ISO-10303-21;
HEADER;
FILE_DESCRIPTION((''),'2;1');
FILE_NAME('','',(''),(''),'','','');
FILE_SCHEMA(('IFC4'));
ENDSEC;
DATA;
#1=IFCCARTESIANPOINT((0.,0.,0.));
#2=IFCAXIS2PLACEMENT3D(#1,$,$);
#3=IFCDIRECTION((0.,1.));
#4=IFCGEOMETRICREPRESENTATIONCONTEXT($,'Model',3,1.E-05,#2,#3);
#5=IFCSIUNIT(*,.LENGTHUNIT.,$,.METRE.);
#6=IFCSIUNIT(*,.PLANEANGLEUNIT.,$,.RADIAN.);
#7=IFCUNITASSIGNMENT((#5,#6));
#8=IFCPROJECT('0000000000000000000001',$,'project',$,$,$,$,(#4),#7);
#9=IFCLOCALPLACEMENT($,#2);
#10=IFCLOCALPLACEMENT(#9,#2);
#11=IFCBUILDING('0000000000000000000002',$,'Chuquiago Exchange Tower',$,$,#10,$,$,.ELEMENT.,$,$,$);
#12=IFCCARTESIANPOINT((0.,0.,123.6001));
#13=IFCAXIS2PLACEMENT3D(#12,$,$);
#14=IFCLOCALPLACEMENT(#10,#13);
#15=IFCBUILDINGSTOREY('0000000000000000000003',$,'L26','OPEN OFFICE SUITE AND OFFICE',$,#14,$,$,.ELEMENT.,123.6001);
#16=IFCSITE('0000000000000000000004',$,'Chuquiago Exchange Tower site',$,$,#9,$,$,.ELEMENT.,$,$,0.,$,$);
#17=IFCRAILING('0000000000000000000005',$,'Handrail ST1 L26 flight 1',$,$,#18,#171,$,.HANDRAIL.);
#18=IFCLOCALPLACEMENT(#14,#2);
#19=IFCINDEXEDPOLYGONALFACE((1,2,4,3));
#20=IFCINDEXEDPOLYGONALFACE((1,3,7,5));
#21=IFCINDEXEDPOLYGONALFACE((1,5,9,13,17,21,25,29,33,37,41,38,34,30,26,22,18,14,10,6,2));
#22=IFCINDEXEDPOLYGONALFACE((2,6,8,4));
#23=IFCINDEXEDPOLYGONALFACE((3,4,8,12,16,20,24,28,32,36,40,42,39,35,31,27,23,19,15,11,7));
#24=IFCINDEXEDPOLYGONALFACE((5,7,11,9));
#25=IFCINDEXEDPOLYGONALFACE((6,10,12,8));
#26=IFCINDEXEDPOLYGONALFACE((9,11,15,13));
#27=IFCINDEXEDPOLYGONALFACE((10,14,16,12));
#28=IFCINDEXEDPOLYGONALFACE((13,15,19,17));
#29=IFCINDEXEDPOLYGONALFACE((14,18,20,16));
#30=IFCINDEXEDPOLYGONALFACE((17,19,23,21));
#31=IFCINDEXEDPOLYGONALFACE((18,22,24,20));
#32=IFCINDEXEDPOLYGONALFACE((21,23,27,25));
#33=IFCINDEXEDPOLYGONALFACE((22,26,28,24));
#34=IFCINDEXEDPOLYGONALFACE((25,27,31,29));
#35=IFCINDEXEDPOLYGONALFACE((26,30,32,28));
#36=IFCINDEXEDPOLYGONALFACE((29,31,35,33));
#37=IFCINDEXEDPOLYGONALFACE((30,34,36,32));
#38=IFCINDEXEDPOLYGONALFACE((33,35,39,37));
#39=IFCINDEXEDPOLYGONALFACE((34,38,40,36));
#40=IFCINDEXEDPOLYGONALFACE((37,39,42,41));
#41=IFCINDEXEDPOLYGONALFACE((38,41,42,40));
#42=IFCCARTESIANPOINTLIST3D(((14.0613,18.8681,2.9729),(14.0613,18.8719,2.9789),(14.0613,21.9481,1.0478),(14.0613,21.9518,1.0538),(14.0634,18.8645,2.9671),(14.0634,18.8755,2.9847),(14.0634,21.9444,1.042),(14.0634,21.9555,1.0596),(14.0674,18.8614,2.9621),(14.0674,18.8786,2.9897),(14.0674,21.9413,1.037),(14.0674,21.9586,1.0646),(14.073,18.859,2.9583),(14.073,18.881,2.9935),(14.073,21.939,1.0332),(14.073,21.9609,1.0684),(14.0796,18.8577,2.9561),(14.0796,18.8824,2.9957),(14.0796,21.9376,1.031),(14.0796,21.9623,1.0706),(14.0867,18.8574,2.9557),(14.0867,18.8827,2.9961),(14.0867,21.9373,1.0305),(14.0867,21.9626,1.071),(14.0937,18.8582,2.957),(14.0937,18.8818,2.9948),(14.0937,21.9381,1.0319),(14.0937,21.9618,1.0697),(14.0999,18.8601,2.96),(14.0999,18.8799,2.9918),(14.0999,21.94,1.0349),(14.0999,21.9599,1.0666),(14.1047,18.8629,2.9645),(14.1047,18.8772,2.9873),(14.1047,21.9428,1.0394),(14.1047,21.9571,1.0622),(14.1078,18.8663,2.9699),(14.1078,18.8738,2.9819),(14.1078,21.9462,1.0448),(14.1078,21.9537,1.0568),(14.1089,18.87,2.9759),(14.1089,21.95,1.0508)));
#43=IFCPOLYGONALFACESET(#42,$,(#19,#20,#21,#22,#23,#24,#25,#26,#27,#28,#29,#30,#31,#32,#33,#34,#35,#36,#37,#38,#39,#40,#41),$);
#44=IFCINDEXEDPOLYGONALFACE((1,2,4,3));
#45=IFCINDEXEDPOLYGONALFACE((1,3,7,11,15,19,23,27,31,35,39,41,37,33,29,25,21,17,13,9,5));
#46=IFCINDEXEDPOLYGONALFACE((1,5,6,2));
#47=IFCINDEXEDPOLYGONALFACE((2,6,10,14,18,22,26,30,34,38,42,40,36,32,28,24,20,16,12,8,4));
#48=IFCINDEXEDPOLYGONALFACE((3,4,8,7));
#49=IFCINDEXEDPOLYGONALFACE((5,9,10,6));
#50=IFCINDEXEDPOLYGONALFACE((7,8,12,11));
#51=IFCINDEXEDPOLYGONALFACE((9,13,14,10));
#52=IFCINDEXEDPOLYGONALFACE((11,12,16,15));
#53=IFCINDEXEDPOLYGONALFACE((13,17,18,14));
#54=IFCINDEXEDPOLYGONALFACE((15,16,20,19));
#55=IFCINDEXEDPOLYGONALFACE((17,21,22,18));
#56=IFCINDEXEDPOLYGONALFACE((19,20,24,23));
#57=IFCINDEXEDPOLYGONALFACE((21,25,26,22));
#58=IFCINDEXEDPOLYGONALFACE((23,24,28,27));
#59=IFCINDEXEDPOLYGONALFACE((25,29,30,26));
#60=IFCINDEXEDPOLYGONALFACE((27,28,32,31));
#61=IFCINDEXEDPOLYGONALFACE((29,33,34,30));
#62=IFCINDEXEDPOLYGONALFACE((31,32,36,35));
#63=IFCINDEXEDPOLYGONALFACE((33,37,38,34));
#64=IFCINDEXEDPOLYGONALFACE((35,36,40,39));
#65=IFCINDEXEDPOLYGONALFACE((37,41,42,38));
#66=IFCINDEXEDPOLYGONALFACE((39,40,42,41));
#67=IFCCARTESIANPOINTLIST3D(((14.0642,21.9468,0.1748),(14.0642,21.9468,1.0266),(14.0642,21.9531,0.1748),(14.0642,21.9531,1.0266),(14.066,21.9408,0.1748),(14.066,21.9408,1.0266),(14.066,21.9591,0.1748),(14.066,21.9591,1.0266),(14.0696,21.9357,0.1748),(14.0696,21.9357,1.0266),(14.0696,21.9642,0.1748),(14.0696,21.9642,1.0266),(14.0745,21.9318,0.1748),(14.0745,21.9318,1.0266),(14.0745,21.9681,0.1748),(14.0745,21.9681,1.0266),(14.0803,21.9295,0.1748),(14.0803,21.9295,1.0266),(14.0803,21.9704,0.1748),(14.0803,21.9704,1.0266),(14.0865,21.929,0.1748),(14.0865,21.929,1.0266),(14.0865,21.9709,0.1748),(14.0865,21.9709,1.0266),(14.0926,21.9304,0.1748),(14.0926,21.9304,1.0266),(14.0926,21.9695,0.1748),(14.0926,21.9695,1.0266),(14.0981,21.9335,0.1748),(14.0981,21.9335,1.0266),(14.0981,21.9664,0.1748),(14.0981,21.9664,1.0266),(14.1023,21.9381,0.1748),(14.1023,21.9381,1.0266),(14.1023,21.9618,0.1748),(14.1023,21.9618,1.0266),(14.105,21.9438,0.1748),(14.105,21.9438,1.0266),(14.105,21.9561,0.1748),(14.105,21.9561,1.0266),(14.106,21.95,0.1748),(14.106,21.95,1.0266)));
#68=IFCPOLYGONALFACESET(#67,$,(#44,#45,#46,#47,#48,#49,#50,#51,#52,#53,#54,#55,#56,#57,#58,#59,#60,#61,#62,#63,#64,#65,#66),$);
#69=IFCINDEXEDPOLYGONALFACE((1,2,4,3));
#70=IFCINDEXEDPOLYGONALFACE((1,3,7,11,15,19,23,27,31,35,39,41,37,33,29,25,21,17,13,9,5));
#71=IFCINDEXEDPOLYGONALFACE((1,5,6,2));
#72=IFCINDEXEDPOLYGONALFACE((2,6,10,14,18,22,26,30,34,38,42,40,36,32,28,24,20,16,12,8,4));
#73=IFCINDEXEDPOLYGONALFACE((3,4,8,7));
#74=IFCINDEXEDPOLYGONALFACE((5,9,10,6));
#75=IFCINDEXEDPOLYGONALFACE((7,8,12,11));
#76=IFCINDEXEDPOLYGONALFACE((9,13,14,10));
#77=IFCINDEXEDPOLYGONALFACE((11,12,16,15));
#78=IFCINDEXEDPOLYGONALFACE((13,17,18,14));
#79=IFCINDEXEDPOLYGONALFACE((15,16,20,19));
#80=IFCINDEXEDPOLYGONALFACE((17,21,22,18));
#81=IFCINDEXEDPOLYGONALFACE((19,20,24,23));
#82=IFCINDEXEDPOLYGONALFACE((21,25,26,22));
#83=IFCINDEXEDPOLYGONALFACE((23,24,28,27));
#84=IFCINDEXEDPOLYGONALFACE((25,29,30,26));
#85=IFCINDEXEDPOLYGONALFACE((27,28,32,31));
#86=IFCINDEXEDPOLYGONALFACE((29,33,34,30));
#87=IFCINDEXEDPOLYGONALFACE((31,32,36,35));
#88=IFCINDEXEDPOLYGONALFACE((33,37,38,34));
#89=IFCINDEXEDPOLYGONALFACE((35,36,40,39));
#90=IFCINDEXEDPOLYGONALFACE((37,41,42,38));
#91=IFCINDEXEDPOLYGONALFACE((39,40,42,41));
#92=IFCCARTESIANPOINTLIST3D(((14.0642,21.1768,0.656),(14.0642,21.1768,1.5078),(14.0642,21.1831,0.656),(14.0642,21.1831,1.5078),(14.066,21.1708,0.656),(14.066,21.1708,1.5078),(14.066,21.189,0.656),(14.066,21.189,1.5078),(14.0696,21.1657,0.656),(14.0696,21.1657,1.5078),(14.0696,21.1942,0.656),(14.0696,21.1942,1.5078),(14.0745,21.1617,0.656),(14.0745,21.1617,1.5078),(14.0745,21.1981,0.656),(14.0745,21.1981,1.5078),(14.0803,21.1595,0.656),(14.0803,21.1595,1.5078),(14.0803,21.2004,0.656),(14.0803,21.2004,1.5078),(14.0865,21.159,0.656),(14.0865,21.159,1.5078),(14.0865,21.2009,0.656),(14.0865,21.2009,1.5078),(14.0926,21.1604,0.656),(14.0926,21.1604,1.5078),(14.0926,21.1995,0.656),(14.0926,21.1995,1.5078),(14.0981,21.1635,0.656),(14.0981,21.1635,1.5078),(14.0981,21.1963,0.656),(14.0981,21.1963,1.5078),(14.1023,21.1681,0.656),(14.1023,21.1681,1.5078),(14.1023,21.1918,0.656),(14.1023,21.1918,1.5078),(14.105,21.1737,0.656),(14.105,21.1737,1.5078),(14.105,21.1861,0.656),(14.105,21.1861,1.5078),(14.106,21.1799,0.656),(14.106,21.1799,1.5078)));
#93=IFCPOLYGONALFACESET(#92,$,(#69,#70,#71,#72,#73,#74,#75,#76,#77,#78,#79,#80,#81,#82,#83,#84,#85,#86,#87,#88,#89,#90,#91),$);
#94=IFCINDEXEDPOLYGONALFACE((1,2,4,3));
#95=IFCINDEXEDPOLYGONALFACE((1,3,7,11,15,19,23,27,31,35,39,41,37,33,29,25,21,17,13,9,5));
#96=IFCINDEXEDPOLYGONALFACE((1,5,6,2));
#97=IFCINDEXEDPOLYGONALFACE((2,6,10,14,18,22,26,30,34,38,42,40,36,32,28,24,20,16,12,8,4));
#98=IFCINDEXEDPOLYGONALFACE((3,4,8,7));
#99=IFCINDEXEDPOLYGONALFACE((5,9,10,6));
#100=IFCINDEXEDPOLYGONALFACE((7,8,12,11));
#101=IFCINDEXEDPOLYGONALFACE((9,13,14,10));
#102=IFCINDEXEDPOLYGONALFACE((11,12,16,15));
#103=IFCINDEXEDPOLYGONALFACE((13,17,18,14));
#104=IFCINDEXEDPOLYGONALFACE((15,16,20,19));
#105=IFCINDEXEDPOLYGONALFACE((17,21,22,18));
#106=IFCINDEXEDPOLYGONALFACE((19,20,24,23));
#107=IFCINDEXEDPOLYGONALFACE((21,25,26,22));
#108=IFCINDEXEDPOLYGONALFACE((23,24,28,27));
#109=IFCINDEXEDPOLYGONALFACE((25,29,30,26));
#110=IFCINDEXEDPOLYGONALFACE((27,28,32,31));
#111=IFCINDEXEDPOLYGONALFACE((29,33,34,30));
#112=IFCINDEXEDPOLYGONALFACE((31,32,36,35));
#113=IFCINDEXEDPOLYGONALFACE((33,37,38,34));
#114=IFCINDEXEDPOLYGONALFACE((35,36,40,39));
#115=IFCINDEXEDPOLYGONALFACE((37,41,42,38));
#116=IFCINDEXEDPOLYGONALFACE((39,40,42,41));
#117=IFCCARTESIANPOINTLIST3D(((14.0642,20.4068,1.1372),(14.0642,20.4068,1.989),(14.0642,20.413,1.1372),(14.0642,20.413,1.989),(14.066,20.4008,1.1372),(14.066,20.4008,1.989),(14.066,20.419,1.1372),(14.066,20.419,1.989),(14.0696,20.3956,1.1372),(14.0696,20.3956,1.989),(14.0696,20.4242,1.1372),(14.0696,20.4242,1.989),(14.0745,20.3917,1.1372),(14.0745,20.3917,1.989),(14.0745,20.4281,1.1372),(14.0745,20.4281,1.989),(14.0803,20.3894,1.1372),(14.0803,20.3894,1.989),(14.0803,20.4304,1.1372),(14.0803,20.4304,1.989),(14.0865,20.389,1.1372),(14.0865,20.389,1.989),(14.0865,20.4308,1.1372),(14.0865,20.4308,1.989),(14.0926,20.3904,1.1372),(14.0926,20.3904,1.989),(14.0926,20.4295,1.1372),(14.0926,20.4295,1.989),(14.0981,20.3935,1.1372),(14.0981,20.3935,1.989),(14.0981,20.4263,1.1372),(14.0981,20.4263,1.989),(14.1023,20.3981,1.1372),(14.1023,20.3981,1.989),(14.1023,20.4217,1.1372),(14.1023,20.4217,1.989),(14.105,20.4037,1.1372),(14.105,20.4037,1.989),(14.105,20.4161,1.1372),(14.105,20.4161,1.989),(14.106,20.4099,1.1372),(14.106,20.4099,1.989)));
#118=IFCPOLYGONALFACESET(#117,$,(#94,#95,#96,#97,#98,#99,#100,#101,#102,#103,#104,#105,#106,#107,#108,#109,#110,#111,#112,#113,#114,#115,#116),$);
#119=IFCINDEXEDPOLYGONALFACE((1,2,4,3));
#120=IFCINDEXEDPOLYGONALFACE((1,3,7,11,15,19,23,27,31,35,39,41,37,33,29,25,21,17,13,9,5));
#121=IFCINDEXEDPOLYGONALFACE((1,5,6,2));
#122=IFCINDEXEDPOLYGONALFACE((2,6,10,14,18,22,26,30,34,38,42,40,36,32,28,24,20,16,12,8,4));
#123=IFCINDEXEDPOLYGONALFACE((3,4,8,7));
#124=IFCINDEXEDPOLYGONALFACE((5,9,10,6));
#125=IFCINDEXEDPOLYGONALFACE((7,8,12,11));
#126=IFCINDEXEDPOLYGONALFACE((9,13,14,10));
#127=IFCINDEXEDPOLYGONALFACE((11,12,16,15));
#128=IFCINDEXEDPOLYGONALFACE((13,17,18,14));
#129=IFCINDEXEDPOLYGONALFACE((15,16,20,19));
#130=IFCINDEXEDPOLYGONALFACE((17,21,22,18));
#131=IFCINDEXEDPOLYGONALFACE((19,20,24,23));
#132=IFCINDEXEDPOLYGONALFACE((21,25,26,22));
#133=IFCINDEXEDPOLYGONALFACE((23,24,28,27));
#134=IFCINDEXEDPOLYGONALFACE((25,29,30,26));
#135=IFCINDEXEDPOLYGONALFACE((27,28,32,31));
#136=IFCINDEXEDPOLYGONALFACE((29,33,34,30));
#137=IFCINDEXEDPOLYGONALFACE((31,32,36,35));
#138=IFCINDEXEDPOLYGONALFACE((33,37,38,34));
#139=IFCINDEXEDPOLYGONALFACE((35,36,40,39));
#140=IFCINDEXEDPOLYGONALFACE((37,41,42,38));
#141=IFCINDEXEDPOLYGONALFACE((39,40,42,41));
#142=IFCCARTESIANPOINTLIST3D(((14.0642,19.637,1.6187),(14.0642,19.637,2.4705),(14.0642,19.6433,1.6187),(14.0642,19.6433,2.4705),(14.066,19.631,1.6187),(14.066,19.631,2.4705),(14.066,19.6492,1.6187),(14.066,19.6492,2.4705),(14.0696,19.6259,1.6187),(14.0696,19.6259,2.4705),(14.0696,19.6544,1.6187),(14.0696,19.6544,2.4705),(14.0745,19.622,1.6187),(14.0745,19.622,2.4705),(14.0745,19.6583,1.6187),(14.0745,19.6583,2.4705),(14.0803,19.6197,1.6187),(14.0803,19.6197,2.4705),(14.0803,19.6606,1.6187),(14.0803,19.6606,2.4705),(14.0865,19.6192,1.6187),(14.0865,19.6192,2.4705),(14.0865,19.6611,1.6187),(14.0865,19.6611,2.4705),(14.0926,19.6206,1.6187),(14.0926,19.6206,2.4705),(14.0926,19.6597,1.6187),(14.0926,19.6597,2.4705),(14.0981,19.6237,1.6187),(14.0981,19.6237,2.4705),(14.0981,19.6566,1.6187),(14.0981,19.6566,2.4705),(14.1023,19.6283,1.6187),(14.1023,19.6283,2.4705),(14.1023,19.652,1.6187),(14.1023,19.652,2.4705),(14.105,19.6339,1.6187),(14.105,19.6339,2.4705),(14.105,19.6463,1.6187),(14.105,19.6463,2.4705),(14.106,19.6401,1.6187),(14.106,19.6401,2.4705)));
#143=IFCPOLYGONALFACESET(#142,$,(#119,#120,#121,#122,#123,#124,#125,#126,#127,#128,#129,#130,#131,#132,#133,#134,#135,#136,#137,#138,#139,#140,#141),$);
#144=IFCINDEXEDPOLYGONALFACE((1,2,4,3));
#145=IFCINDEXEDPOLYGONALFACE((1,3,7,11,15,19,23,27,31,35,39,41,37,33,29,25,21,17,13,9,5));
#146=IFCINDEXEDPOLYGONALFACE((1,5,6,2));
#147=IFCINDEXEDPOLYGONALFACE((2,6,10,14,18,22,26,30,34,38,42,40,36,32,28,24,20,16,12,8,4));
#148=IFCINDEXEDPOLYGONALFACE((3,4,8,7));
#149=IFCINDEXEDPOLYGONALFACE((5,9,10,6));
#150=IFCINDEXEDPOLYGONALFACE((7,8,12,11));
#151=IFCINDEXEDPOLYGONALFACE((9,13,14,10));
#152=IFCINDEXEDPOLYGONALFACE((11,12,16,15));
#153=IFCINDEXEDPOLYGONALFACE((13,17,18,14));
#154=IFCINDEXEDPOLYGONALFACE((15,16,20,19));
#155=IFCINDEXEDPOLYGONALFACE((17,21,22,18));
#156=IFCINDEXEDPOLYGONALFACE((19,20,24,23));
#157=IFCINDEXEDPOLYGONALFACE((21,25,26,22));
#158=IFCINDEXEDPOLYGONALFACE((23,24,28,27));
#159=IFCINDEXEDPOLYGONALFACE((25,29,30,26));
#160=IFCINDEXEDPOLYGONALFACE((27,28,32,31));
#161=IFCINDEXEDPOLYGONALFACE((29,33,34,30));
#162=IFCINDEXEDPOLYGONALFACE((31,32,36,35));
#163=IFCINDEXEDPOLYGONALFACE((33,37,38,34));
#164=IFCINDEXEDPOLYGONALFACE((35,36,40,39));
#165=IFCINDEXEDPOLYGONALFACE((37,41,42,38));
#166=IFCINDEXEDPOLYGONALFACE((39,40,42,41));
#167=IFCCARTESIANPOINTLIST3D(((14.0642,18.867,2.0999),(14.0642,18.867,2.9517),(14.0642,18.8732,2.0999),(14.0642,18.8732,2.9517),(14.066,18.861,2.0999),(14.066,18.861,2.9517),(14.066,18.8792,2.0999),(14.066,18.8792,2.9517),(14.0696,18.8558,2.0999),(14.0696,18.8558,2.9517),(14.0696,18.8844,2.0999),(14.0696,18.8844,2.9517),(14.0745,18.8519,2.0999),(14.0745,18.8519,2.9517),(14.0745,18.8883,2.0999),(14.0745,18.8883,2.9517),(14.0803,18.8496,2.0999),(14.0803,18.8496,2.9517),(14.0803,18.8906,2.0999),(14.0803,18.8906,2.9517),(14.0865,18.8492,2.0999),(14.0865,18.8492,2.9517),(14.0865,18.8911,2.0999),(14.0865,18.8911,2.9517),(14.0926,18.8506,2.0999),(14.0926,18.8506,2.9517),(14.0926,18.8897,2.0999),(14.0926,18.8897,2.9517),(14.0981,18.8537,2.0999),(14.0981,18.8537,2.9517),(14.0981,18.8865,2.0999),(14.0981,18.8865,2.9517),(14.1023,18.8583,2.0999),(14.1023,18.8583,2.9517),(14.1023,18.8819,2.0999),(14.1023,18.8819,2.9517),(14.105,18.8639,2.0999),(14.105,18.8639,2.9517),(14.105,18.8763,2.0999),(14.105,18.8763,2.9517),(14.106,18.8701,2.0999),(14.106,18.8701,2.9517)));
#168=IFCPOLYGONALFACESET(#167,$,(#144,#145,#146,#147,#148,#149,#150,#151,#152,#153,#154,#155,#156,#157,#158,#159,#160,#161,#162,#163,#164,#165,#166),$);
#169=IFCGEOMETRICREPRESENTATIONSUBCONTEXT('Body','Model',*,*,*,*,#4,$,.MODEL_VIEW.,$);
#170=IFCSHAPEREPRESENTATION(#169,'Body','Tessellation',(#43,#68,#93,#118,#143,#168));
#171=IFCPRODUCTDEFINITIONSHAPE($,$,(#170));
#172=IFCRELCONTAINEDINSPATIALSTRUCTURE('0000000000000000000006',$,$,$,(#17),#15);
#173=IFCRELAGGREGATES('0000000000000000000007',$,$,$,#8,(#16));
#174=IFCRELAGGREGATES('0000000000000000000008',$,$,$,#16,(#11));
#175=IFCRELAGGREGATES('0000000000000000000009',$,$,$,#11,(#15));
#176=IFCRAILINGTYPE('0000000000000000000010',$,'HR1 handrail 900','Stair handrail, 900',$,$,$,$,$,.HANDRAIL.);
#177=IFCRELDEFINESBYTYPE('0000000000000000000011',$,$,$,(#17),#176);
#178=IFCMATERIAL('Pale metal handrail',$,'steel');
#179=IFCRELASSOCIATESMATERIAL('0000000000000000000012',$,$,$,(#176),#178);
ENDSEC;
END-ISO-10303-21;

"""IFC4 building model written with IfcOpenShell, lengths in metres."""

from ifc_helpers import new_model, si_unit, direction, frame, origin, origin_2d, place, context, subcontext, project, spatial, circle, extrude, material, type_object, element, save


model = new_model("IFC4")

# Units and contexts
model_context = context("Model", 3, precision=1e-05, world=origin(), true_north=direction((0.0, 1.0)))
body_context = subcontext(model_context, "Body", "Model", "MODEL_VIEW")
ifc_project = project(units=[si_unit("LENGTHUNIT", "METRE"), si_unit("PLANEANGLEUNIT", "RADIAN")], contexts=[model_context])

# Site, building, storey
site_placement = place(None, origin())
site = spatial("IfcSite", under=ifc_project, at=site_placement, Name="Chuquiago Exchange Tower site", CompositionType="ELEMENT", RefElevation=0.0)
building_placement = place(site_placement, origin())
building = spatial("IfcBuilding", under=site, at=building_placement, Name="Chuquiago Exchange Tower", CompositionType="ELEMENT")
storey_placement = place(building_placement, frame((0.0, 0.0, 123.6001)))
storey = spatial("IfcBuildingStorey", under=building, at=storey_placement, Name="L26", Description="OPEN OFFICE SUITE AND OFFICE", CompositionType="ELEMENT", Elevation=123.6001)

# Railing
ifc_material_1 = material(Name="Pale metal handrail", Category="steel")
railing_type = type_object("IfcRailingType", Name="HR1 handrail 900", Description="Stair handrail, 900", PredefinedType="HANDRAIL", material=ifc_material_1)
for number, where, name in (
    (1, (14.085, 21.95, 0.1748), "Handrail ST1 L26 flight 1"),
):
    element("IfcRailing", number, at=place(storey_placement, frame(where)), inside=storey, type_object=railing_type, Name=name, PredefinedType="HANDRAIL", context=body_context, shape_type="SweptSolid", body=[
        extrude(circle(Radius=0.0239, at=origin_2d()), frame((0.0, 0.0, 0.876), z_axis=(0.0, -0.847979, 0.530029), x_axis=(1.0, 0.0, 0.0)), (0.0, 0.0, 1.0), 3.6321),
        extrude(circle(Radius=0.021, at=origin_2d()), origin(), (0.0, 0.0, 1.0), 0.8518),
        extrude(circle(Radius=0.021, at=origin_2d()), frame((0.0, -0.77, 0.4812)), (0.0, 0.0, 1.0), 0.8518),
        extrude(circle(Radius=0.021, at=origin_2d()), frame((0.0, -1.54, 0.9624)), (0.0, 0.0, 1.0), 0.8518),
        extrude(circle(Radius=0.021, at=origin_2d()), frame((0.0, -2.3098, 1.4438)), (0.0, 0.0, 1.0), 0.8518),
        extrude(circle(Radius=0.021, at=origin_2d()), frame((0.0, -3.0798, 1.925)), (0.0, 0.0, 1.0), 0.8518),
    ])

save(model, "model.ifc")
